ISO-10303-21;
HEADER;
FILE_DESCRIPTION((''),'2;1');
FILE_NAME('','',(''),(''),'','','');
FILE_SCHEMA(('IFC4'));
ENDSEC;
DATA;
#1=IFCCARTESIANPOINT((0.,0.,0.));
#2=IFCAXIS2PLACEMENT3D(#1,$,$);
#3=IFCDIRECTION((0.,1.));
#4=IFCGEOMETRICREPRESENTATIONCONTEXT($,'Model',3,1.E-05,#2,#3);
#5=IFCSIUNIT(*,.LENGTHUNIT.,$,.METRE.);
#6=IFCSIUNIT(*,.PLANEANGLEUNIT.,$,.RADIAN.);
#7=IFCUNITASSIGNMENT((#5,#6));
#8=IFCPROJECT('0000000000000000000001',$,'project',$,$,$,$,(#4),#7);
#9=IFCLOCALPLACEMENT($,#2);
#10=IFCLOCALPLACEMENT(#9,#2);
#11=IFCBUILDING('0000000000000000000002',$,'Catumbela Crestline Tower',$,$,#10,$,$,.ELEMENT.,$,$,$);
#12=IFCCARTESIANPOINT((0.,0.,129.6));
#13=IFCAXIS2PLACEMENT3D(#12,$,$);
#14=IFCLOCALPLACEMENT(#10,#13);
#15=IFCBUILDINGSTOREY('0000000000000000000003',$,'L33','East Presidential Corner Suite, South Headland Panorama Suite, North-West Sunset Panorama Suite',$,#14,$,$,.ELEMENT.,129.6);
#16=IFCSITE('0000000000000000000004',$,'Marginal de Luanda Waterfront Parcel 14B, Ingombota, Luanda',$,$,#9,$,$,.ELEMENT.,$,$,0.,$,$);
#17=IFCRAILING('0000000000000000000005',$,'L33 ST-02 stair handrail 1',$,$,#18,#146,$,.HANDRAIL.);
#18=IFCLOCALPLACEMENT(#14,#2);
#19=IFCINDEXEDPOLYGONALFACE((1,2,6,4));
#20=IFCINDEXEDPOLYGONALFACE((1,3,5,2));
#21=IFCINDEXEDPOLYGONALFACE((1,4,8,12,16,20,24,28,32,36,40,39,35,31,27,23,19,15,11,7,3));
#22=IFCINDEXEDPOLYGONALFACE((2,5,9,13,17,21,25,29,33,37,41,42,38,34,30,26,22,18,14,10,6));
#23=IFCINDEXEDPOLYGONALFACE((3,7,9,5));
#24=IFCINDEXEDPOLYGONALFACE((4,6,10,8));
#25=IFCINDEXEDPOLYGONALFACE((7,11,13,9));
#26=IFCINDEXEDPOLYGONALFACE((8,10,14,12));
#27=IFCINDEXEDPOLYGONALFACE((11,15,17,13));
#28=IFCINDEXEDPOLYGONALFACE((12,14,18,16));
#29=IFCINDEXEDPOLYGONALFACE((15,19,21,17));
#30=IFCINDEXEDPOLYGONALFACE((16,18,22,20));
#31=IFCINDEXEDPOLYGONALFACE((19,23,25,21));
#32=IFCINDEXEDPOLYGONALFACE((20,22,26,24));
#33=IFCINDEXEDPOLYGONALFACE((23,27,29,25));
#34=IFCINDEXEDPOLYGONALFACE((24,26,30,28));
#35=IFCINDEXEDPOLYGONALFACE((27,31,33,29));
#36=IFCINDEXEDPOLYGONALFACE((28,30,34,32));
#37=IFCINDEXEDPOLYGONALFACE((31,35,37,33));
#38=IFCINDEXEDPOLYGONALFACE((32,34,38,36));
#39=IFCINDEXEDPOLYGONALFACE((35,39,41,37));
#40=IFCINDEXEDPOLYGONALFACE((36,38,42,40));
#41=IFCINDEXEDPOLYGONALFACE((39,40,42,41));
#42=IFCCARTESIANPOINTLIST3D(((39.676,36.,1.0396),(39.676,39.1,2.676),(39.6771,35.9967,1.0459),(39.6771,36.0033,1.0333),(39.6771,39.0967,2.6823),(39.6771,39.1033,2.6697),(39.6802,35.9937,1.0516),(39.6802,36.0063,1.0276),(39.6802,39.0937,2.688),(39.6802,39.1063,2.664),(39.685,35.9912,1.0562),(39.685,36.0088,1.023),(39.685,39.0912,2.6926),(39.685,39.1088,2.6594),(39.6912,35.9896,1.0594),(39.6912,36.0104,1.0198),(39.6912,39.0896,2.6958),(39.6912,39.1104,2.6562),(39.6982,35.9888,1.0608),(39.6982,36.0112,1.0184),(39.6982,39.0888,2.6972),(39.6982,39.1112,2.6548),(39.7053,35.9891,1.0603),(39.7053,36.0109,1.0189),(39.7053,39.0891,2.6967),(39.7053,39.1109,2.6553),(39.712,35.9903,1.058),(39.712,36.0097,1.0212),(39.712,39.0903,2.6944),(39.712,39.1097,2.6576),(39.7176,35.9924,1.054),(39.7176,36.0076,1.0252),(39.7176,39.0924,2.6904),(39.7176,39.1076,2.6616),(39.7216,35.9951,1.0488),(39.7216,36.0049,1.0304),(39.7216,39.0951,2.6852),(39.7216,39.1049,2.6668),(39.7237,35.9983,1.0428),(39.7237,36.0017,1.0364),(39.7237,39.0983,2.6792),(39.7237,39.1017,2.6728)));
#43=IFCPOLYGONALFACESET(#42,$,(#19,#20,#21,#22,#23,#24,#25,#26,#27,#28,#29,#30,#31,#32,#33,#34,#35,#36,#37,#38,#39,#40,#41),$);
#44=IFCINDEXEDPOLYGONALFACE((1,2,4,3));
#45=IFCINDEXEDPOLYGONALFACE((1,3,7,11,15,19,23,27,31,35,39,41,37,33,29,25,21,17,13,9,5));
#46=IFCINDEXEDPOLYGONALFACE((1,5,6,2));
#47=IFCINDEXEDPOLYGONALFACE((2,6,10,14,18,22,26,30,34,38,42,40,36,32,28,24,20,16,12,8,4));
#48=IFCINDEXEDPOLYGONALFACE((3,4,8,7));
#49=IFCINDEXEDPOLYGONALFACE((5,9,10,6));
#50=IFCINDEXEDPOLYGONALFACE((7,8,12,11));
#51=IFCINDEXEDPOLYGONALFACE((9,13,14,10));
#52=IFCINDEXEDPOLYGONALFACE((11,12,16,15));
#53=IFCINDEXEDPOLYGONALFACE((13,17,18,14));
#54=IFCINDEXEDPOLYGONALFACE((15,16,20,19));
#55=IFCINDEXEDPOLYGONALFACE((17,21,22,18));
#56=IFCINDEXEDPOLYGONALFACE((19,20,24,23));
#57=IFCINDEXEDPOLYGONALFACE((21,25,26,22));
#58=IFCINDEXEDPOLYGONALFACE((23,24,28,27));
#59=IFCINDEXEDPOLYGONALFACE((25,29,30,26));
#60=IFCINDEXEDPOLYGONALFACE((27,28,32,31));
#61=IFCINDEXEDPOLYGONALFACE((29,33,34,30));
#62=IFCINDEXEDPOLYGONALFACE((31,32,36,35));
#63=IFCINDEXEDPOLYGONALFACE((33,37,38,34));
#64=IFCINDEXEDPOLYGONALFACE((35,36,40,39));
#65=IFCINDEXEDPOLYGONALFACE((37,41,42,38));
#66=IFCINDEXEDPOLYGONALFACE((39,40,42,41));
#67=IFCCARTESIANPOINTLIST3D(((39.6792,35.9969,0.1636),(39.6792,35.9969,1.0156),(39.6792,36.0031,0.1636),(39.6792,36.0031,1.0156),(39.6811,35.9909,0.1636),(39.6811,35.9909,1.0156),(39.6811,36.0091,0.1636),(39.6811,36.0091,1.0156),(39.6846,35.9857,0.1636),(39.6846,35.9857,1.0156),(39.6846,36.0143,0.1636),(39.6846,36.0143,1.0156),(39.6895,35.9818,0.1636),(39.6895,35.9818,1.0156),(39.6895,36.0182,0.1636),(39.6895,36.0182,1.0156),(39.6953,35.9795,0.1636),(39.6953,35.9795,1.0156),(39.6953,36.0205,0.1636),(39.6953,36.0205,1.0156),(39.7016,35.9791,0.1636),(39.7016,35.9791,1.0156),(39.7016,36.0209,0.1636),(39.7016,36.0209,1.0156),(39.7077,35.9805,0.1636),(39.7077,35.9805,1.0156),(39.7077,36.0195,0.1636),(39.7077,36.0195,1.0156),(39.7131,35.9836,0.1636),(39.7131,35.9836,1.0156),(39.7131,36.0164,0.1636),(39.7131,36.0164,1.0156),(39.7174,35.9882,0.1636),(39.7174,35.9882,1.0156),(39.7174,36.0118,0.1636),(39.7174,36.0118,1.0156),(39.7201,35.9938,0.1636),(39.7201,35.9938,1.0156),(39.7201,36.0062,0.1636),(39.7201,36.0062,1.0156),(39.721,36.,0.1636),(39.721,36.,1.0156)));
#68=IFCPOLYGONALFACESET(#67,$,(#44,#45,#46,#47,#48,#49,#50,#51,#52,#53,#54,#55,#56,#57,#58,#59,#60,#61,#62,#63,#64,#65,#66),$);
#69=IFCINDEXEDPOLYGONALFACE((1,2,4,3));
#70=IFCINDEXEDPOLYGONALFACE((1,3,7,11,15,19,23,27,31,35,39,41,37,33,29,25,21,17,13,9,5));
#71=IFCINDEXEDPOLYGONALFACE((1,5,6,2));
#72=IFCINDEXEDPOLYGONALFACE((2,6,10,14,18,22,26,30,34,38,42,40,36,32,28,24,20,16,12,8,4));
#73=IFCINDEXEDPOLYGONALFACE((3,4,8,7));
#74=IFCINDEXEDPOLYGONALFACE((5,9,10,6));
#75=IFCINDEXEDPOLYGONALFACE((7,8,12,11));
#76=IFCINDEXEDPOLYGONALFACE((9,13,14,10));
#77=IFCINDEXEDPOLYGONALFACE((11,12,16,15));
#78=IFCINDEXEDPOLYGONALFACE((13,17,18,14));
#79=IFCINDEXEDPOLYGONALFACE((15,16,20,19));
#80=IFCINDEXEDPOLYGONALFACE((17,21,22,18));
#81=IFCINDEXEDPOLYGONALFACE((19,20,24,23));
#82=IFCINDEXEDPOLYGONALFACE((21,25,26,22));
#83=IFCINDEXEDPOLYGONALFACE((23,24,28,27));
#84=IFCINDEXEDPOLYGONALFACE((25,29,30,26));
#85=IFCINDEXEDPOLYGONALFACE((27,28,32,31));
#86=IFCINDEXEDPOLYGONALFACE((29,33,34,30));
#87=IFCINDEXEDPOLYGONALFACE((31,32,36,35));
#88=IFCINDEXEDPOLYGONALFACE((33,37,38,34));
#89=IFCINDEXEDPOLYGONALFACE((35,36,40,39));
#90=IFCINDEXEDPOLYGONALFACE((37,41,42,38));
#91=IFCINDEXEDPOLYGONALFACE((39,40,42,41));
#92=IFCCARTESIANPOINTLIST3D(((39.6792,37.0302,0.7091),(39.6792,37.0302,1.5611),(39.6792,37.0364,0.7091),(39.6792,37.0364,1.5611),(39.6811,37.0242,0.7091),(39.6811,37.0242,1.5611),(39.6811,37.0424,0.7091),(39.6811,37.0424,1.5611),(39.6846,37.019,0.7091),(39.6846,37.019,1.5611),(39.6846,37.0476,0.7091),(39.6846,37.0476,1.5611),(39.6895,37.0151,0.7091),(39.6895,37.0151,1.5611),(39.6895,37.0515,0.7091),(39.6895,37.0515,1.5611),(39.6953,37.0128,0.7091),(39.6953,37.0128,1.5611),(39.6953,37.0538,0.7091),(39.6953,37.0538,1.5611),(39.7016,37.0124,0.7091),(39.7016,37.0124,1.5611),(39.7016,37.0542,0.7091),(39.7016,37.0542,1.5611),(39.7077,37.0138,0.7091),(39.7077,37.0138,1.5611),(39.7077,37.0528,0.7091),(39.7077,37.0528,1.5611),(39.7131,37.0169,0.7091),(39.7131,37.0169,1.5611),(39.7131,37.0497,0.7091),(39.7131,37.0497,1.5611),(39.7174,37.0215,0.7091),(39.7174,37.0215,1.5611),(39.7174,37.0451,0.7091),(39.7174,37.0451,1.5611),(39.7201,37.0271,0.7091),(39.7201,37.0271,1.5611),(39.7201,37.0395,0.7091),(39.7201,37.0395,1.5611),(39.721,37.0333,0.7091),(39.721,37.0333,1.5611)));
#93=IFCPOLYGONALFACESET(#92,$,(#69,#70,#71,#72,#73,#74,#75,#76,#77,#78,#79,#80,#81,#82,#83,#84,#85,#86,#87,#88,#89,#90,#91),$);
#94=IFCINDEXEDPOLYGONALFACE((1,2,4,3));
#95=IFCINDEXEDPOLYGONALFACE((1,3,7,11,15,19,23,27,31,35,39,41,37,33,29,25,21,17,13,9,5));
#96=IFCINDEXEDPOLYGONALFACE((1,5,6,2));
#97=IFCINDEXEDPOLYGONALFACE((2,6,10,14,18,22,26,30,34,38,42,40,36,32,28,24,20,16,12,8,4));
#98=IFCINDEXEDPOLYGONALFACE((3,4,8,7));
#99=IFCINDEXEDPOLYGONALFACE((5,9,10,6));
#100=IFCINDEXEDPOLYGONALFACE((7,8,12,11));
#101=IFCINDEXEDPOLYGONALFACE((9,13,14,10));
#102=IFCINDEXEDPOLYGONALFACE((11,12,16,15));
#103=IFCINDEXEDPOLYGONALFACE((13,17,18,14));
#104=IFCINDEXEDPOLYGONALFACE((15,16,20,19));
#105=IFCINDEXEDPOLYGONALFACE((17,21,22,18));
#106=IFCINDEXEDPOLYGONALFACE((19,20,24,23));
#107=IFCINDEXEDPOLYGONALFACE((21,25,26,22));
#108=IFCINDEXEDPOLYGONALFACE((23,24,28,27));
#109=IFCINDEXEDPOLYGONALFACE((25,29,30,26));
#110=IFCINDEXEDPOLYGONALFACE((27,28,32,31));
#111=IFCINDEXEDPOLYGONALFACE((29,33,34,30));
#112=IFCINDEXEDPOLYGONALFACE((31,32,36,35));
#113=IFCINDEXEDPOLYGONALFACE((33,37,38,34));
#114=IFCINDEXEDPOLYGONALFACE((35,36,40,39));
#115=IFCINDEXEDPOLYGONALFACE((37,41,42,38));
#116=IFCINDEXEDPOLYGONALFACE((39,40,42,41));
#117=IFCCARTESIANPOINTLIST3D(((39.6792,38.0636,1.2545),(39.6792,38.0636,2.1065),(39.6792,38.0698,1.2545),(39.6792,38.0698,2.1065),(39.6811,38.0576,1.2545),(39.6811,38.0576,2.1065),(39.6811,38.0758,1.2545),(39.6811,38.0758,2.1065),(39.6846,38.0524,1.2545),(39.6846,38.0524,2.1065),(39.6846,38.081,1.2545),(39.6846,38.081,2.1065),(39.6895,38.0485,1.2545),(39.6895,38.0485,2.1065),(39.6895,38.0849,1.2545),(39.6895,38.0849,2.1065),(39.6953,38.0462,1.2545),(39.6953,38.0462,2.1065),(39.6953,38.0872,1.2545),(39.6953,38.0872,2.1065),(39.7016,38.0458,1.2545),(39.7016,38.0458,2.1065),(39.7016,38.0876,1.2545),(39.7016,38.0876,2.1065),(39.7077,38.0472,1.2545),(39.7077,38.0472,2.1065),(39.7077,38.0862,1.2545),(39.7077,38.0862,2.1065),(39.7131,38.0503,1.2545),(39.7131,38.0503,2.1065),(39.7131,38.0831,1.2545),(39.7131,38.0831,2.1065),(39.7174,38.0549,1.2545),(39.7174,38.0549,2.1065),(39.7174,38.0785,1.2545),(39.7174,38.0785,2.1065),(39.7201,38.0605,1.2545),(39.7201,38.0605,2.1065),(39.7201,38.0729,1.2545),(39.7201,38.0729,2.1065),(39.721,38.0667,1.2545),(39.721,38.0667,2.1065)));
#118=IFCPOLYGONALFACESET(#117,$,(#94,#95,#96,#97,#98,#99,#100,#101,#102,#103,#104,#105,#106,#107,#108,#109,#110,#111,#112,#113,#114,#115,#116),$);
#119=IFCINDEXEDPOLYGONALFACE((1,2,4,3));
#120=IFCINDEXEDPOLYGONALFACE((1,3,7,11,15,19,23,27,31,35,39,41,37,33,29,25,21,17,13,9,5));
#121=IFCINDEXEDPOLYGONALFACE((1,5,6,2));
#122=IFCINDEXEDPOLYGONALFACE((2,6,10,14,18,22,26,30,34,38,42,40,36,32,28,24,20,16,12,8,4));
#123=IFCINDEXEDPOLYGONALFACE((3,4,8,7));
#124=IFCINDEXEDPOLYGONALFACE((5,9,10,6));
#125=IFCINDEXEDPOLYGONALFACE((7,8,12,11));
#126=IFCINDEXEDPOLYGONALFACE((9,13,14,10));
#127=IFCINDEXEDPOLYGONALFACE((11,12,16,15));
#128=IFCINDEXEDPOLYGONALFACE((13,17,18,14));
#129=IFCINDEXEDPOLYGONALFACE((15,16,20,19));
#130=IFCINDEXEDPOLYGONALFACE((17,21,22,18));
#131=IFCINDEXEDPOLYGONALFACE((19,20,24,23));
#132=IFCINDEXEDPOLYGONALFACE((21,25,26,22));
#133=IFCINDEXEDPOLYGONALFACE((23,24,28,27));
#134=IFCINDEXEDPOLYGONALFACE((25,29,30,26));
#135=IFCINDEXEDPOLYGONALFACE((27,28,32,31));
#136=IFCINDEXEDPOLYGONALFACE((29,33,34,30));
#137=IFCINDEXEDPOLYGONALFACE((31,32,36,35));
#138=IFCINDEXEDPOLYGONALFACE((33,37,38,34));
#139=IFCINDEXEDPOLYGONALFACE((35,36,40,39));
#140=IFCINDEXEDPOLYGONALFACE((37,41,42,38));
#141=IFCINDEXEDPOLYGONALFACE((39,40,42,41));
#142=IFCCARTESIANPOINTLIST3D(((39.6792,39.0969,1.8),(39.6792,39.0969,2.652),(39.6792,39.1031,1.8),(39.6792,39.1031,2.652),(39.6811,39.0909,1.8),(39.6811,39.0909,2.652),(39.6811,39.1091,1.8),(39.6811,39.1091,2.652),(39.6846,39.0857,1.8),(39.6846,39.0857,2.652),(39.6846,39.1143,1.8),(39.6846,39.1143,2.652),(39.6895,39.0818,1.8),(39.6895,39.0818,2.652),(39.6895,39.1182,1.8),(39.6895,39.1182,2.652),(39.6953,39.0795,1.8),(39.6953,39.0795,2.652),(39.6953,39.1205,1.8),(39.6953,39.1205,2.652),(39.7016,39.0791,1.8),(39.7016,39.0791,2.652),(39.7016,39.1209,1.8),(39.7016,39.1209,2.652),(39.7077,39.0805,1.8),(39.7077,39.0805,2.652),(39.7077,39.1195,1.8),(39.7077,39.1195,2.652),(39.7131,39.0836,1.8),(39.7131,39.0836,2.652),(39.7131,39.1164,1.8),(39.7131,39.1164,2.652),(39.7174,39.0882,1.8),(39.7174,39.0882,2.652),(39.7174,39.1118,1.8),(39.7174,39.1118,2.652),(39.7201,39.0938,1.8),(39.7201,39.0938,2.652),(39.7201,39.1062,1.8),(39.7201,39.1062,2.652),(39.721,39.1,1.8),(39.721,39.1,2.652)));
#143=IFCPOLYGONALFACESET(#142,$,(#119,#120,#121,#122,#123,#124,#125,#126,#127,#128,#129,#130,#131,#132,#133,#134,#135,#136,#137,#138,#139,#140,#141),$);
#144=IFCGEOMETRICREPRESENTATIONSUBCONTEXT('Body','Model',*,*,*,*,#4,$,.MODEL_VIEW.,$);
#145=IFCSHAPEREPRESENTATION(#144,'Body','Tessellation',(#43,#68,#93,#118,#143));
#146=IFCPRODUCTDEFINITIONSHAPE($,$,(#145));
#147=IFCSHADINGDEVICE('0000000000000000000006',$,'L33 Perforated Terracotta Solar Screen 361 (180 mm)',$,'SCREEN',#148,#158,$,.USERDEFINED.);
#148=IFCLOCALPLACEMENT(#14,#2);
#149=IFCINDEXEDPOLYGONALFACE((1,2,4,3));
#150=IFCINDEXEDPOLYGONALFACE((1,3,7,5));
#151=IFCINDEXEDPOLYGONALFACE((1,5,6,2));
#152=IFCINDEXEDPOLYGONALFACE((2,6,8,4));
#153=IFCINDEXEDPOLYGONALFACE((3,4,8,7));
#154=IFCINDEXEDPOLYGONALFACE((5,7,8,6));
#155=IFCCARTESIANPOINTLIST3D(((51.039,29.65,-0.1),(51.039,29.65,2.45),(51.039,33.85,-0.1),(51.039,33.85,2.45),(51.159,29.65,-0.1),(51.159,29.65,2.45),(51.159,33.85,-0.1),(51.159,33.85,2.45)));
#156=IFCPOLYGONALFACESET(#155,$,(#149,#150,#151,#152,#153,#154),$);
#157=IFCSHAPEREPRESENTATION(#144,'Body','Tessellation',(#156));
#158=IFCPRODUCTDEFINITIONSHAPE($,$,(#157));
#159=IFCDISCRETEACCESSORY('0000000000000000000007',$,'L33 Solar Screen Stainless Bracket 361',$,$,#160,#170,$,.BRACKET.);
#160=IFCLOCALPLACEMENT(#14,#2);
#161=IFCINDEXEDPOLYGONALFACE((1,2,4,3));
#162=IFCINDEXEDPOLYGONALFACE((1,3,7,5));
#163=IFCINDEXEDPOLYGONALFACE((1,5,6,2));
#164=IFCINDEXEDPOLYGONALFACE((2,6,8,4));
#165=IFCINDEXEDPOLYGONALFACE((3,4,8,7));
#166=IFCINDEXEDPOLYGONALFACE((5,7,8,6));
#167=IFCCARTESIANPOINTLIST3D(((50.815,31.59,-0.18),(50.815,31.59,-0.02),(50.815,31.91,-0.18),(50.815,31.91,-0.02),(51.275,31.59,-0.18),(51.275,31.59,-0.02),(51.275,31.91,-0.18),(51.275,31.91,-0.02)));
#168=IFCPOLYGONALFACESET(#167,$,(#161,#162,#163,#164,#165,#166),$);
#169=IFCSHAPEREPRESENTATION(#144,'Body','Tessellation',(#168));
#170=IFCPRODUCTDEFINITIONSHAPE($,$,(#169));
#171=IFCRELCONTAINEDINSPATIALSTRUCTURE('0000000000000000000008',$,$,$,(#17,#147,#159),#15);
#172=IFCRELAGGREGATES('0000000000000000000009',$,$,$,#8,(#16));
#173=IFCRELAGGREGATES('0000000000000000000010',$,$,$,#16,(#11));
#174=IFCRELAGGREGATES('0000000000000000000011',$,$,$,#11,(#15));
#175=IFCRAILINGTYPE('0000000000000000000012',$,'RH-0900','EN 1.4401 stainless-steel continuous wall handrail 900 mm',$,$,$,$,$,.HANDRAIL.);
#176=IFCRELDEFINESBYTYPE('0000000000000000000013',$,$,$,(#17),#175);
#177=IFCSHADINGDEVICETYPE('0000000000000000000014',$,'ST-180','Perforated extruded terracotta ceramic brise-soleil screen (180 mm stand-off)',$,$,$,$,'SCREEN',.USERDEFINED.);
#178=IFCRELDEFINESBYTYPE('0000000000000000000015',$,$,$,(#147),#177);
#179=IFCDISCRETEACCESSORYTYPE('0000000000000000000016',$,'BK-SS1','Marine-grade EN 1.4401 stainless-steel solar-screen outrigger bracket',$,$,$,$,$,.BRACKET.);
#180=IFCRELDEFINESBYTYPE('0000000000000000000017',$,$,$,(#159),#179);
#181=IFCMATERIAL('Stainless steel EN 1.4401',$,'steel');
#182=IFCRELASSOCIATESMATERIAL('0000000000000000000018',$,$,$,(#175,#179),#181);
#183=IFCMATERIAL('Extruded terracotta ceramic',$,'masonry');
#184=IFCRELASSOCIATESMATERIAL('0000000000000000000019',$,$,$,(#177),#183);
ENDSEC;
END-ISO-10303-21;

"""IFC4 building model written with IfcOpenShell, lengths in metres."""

from ifc_helpers import new_model, si_unit, direction, frame, origin, origin_2d, place, context, subcontext, project, spatial, rectangle, circle, extrude, material, type_object, element, save


model = new_model("IFC4")

# Units and contexts
model_context = context("Model", 3, precision=1e-05, world=origin(), true_north=direction((0.0, 1.0)))
body_context = subcontext(model_context, "Body", "Model", "MODEL_VIEW")
ifc_project = project(units=[si_unit("LENGTHUNIT", "METRE"), si_unit("PLANEANGLEUNIT", "RADIAN")], contexts=[model_context])

# Site, building, storey
site_placement = place(None, origin())
site = spatial("IfcSite", under=ifc_project, at=site_placement, Name="Marginal de Luanda Waterfront Parcel 14B, Ingombota, Luanda", CompositionType="ELEMENT", RefElevation=0.0)
building_placement = place(site_placement, origin())
building = spatial("IfcBuilding", under=site, at=building_placement, Name="Catumbela Crestline Tower", CompositionType="ELEMENT")
storey_placement = place(building_placement, frame((0.0, 0.0, 129.6)))
storey = spatial("IfcBuildingStorey", under=building, at=storey_placement, Name="L33", Description="East Presidential Corner Suite, South Headland Panorama Suite, North-West Sunset Panorama Suite", CompositionType="ELEMENT", Elevation=129.6)

# Railing
ifc_material_1 = material(Name="Stainless steel EN 1.4401", Category="steel")
railing_type = type_object("IfcRailingType", Name="RH-0900", Description="EN 1.4401 stainless-steel continuous wall handrail 900 mm", PredefinedType="HANDRAIL", material=ifc_material_1)
railing_placement = place(storey_placement, frame((39.7, 36.0, 0.1636)))
element("IfcRailing", 1, at=railing_placement, inside=storey, type_object=railing_type, Name="L33 ST-02 stair handrail 1", PredefinedType="HANDRAIL", context=body_context, shape_type="SweptSolid", body=[
    extrude(circle(Radius=0.024, at=origin_2d()), frame((0.0, 0.0, 0.876), z_axis=(0.0, 0.884351, 0.466823), x_axis=(-1.0, 0.0, 0.0)), (0.0, 0.0, 1.0), 3.5054),
    extrude(circle(Radius=0.021, at=origin_2d()), origin(), (0.0, 0.0, 1.0), 0.852),
    extrude(circle(Radius=0.021, at=origin_2d()), frame((0.0, 1.0333, 0.5455)), (0.0, 0.0, 1.0), 0.852),
    extrude(circle(Radius=0.021, at=origin_2d()), frame((0.0, 2.0667, 1.0909)), (0.0, 0.0, 1.0), 0.852),
    extrude(circle(Radius=0.021, at=origin_2d()), frame((0.0, 3.1, 1.6364)), (0.0, 0.0, 1.0), 0.852),
])

# Shading device
ifc_material_2 = material(Name="Extruded terracotta ceramic", Category="masonry")
shading_device_type = type_object("IfcShadingDeviceType", Name="ST-180", Description="Perforated extruded terracotta ceramic brise-soleil screen (180 mm stand-off)", ElementType="SCREEN", PredefinedType="USERDEFINED", material=ifc_material_2)
shading_device_placement = place(storey_placement, frame((51.099, 31.75, -0.1), z_axis=(0.0, 0.0, 1.0), x_axis=(0.0, 1.0, 0.0)))
element("IfcShadingDevice", 2, at=shading_device_placement, inside=storey, type_object=shading_device_type, Name="L33 Perforated Terracotta Solar Screen 361 (180 mm)", ObjectType="SCREEN", PredefinedType="USERDEFINED", context=body_context, shape_type="SweptSolid", body=[
    extrude(rectangle(XDim=4.2, YDim=0.12, at=origin_2d()), origin(), (0.0, 0.0, 1.0), 2.55),
])

# Discrete accessory
discrete_accessory_type = type_object("IfcDiscreteAccessoryType", Name="BK-SS1", Description="Marine-grade EN 1.4401 stainless-steel solar-screen outrigger bracket", PredefinedType="BRACKET", material=ifc_material_1)
discrete_accessory_placement = place(storey_placement, frame((51.045, 31.75, -0.18), z_axis=(0.0, 0.0, 1.0), x_axis=(0.0, 1.0, 0.0)))
element("IfcDiscreteAccessory", 3, at=discrete_accessory_placement, inside=storey, type_object=discrete_accessory_type, Name="L33 Solar Screen Stainless Bracket 361", PredefinedType="BRACKET", context=body_context, shape_type="SweptSolid", body=[
    extrude(rectangle(XDim=0.32, YDim=0.46, at=origin_2d()), origin(), (0.0, 0.0, 1.0), 0.16),
])

save(model, "model.ifc")
